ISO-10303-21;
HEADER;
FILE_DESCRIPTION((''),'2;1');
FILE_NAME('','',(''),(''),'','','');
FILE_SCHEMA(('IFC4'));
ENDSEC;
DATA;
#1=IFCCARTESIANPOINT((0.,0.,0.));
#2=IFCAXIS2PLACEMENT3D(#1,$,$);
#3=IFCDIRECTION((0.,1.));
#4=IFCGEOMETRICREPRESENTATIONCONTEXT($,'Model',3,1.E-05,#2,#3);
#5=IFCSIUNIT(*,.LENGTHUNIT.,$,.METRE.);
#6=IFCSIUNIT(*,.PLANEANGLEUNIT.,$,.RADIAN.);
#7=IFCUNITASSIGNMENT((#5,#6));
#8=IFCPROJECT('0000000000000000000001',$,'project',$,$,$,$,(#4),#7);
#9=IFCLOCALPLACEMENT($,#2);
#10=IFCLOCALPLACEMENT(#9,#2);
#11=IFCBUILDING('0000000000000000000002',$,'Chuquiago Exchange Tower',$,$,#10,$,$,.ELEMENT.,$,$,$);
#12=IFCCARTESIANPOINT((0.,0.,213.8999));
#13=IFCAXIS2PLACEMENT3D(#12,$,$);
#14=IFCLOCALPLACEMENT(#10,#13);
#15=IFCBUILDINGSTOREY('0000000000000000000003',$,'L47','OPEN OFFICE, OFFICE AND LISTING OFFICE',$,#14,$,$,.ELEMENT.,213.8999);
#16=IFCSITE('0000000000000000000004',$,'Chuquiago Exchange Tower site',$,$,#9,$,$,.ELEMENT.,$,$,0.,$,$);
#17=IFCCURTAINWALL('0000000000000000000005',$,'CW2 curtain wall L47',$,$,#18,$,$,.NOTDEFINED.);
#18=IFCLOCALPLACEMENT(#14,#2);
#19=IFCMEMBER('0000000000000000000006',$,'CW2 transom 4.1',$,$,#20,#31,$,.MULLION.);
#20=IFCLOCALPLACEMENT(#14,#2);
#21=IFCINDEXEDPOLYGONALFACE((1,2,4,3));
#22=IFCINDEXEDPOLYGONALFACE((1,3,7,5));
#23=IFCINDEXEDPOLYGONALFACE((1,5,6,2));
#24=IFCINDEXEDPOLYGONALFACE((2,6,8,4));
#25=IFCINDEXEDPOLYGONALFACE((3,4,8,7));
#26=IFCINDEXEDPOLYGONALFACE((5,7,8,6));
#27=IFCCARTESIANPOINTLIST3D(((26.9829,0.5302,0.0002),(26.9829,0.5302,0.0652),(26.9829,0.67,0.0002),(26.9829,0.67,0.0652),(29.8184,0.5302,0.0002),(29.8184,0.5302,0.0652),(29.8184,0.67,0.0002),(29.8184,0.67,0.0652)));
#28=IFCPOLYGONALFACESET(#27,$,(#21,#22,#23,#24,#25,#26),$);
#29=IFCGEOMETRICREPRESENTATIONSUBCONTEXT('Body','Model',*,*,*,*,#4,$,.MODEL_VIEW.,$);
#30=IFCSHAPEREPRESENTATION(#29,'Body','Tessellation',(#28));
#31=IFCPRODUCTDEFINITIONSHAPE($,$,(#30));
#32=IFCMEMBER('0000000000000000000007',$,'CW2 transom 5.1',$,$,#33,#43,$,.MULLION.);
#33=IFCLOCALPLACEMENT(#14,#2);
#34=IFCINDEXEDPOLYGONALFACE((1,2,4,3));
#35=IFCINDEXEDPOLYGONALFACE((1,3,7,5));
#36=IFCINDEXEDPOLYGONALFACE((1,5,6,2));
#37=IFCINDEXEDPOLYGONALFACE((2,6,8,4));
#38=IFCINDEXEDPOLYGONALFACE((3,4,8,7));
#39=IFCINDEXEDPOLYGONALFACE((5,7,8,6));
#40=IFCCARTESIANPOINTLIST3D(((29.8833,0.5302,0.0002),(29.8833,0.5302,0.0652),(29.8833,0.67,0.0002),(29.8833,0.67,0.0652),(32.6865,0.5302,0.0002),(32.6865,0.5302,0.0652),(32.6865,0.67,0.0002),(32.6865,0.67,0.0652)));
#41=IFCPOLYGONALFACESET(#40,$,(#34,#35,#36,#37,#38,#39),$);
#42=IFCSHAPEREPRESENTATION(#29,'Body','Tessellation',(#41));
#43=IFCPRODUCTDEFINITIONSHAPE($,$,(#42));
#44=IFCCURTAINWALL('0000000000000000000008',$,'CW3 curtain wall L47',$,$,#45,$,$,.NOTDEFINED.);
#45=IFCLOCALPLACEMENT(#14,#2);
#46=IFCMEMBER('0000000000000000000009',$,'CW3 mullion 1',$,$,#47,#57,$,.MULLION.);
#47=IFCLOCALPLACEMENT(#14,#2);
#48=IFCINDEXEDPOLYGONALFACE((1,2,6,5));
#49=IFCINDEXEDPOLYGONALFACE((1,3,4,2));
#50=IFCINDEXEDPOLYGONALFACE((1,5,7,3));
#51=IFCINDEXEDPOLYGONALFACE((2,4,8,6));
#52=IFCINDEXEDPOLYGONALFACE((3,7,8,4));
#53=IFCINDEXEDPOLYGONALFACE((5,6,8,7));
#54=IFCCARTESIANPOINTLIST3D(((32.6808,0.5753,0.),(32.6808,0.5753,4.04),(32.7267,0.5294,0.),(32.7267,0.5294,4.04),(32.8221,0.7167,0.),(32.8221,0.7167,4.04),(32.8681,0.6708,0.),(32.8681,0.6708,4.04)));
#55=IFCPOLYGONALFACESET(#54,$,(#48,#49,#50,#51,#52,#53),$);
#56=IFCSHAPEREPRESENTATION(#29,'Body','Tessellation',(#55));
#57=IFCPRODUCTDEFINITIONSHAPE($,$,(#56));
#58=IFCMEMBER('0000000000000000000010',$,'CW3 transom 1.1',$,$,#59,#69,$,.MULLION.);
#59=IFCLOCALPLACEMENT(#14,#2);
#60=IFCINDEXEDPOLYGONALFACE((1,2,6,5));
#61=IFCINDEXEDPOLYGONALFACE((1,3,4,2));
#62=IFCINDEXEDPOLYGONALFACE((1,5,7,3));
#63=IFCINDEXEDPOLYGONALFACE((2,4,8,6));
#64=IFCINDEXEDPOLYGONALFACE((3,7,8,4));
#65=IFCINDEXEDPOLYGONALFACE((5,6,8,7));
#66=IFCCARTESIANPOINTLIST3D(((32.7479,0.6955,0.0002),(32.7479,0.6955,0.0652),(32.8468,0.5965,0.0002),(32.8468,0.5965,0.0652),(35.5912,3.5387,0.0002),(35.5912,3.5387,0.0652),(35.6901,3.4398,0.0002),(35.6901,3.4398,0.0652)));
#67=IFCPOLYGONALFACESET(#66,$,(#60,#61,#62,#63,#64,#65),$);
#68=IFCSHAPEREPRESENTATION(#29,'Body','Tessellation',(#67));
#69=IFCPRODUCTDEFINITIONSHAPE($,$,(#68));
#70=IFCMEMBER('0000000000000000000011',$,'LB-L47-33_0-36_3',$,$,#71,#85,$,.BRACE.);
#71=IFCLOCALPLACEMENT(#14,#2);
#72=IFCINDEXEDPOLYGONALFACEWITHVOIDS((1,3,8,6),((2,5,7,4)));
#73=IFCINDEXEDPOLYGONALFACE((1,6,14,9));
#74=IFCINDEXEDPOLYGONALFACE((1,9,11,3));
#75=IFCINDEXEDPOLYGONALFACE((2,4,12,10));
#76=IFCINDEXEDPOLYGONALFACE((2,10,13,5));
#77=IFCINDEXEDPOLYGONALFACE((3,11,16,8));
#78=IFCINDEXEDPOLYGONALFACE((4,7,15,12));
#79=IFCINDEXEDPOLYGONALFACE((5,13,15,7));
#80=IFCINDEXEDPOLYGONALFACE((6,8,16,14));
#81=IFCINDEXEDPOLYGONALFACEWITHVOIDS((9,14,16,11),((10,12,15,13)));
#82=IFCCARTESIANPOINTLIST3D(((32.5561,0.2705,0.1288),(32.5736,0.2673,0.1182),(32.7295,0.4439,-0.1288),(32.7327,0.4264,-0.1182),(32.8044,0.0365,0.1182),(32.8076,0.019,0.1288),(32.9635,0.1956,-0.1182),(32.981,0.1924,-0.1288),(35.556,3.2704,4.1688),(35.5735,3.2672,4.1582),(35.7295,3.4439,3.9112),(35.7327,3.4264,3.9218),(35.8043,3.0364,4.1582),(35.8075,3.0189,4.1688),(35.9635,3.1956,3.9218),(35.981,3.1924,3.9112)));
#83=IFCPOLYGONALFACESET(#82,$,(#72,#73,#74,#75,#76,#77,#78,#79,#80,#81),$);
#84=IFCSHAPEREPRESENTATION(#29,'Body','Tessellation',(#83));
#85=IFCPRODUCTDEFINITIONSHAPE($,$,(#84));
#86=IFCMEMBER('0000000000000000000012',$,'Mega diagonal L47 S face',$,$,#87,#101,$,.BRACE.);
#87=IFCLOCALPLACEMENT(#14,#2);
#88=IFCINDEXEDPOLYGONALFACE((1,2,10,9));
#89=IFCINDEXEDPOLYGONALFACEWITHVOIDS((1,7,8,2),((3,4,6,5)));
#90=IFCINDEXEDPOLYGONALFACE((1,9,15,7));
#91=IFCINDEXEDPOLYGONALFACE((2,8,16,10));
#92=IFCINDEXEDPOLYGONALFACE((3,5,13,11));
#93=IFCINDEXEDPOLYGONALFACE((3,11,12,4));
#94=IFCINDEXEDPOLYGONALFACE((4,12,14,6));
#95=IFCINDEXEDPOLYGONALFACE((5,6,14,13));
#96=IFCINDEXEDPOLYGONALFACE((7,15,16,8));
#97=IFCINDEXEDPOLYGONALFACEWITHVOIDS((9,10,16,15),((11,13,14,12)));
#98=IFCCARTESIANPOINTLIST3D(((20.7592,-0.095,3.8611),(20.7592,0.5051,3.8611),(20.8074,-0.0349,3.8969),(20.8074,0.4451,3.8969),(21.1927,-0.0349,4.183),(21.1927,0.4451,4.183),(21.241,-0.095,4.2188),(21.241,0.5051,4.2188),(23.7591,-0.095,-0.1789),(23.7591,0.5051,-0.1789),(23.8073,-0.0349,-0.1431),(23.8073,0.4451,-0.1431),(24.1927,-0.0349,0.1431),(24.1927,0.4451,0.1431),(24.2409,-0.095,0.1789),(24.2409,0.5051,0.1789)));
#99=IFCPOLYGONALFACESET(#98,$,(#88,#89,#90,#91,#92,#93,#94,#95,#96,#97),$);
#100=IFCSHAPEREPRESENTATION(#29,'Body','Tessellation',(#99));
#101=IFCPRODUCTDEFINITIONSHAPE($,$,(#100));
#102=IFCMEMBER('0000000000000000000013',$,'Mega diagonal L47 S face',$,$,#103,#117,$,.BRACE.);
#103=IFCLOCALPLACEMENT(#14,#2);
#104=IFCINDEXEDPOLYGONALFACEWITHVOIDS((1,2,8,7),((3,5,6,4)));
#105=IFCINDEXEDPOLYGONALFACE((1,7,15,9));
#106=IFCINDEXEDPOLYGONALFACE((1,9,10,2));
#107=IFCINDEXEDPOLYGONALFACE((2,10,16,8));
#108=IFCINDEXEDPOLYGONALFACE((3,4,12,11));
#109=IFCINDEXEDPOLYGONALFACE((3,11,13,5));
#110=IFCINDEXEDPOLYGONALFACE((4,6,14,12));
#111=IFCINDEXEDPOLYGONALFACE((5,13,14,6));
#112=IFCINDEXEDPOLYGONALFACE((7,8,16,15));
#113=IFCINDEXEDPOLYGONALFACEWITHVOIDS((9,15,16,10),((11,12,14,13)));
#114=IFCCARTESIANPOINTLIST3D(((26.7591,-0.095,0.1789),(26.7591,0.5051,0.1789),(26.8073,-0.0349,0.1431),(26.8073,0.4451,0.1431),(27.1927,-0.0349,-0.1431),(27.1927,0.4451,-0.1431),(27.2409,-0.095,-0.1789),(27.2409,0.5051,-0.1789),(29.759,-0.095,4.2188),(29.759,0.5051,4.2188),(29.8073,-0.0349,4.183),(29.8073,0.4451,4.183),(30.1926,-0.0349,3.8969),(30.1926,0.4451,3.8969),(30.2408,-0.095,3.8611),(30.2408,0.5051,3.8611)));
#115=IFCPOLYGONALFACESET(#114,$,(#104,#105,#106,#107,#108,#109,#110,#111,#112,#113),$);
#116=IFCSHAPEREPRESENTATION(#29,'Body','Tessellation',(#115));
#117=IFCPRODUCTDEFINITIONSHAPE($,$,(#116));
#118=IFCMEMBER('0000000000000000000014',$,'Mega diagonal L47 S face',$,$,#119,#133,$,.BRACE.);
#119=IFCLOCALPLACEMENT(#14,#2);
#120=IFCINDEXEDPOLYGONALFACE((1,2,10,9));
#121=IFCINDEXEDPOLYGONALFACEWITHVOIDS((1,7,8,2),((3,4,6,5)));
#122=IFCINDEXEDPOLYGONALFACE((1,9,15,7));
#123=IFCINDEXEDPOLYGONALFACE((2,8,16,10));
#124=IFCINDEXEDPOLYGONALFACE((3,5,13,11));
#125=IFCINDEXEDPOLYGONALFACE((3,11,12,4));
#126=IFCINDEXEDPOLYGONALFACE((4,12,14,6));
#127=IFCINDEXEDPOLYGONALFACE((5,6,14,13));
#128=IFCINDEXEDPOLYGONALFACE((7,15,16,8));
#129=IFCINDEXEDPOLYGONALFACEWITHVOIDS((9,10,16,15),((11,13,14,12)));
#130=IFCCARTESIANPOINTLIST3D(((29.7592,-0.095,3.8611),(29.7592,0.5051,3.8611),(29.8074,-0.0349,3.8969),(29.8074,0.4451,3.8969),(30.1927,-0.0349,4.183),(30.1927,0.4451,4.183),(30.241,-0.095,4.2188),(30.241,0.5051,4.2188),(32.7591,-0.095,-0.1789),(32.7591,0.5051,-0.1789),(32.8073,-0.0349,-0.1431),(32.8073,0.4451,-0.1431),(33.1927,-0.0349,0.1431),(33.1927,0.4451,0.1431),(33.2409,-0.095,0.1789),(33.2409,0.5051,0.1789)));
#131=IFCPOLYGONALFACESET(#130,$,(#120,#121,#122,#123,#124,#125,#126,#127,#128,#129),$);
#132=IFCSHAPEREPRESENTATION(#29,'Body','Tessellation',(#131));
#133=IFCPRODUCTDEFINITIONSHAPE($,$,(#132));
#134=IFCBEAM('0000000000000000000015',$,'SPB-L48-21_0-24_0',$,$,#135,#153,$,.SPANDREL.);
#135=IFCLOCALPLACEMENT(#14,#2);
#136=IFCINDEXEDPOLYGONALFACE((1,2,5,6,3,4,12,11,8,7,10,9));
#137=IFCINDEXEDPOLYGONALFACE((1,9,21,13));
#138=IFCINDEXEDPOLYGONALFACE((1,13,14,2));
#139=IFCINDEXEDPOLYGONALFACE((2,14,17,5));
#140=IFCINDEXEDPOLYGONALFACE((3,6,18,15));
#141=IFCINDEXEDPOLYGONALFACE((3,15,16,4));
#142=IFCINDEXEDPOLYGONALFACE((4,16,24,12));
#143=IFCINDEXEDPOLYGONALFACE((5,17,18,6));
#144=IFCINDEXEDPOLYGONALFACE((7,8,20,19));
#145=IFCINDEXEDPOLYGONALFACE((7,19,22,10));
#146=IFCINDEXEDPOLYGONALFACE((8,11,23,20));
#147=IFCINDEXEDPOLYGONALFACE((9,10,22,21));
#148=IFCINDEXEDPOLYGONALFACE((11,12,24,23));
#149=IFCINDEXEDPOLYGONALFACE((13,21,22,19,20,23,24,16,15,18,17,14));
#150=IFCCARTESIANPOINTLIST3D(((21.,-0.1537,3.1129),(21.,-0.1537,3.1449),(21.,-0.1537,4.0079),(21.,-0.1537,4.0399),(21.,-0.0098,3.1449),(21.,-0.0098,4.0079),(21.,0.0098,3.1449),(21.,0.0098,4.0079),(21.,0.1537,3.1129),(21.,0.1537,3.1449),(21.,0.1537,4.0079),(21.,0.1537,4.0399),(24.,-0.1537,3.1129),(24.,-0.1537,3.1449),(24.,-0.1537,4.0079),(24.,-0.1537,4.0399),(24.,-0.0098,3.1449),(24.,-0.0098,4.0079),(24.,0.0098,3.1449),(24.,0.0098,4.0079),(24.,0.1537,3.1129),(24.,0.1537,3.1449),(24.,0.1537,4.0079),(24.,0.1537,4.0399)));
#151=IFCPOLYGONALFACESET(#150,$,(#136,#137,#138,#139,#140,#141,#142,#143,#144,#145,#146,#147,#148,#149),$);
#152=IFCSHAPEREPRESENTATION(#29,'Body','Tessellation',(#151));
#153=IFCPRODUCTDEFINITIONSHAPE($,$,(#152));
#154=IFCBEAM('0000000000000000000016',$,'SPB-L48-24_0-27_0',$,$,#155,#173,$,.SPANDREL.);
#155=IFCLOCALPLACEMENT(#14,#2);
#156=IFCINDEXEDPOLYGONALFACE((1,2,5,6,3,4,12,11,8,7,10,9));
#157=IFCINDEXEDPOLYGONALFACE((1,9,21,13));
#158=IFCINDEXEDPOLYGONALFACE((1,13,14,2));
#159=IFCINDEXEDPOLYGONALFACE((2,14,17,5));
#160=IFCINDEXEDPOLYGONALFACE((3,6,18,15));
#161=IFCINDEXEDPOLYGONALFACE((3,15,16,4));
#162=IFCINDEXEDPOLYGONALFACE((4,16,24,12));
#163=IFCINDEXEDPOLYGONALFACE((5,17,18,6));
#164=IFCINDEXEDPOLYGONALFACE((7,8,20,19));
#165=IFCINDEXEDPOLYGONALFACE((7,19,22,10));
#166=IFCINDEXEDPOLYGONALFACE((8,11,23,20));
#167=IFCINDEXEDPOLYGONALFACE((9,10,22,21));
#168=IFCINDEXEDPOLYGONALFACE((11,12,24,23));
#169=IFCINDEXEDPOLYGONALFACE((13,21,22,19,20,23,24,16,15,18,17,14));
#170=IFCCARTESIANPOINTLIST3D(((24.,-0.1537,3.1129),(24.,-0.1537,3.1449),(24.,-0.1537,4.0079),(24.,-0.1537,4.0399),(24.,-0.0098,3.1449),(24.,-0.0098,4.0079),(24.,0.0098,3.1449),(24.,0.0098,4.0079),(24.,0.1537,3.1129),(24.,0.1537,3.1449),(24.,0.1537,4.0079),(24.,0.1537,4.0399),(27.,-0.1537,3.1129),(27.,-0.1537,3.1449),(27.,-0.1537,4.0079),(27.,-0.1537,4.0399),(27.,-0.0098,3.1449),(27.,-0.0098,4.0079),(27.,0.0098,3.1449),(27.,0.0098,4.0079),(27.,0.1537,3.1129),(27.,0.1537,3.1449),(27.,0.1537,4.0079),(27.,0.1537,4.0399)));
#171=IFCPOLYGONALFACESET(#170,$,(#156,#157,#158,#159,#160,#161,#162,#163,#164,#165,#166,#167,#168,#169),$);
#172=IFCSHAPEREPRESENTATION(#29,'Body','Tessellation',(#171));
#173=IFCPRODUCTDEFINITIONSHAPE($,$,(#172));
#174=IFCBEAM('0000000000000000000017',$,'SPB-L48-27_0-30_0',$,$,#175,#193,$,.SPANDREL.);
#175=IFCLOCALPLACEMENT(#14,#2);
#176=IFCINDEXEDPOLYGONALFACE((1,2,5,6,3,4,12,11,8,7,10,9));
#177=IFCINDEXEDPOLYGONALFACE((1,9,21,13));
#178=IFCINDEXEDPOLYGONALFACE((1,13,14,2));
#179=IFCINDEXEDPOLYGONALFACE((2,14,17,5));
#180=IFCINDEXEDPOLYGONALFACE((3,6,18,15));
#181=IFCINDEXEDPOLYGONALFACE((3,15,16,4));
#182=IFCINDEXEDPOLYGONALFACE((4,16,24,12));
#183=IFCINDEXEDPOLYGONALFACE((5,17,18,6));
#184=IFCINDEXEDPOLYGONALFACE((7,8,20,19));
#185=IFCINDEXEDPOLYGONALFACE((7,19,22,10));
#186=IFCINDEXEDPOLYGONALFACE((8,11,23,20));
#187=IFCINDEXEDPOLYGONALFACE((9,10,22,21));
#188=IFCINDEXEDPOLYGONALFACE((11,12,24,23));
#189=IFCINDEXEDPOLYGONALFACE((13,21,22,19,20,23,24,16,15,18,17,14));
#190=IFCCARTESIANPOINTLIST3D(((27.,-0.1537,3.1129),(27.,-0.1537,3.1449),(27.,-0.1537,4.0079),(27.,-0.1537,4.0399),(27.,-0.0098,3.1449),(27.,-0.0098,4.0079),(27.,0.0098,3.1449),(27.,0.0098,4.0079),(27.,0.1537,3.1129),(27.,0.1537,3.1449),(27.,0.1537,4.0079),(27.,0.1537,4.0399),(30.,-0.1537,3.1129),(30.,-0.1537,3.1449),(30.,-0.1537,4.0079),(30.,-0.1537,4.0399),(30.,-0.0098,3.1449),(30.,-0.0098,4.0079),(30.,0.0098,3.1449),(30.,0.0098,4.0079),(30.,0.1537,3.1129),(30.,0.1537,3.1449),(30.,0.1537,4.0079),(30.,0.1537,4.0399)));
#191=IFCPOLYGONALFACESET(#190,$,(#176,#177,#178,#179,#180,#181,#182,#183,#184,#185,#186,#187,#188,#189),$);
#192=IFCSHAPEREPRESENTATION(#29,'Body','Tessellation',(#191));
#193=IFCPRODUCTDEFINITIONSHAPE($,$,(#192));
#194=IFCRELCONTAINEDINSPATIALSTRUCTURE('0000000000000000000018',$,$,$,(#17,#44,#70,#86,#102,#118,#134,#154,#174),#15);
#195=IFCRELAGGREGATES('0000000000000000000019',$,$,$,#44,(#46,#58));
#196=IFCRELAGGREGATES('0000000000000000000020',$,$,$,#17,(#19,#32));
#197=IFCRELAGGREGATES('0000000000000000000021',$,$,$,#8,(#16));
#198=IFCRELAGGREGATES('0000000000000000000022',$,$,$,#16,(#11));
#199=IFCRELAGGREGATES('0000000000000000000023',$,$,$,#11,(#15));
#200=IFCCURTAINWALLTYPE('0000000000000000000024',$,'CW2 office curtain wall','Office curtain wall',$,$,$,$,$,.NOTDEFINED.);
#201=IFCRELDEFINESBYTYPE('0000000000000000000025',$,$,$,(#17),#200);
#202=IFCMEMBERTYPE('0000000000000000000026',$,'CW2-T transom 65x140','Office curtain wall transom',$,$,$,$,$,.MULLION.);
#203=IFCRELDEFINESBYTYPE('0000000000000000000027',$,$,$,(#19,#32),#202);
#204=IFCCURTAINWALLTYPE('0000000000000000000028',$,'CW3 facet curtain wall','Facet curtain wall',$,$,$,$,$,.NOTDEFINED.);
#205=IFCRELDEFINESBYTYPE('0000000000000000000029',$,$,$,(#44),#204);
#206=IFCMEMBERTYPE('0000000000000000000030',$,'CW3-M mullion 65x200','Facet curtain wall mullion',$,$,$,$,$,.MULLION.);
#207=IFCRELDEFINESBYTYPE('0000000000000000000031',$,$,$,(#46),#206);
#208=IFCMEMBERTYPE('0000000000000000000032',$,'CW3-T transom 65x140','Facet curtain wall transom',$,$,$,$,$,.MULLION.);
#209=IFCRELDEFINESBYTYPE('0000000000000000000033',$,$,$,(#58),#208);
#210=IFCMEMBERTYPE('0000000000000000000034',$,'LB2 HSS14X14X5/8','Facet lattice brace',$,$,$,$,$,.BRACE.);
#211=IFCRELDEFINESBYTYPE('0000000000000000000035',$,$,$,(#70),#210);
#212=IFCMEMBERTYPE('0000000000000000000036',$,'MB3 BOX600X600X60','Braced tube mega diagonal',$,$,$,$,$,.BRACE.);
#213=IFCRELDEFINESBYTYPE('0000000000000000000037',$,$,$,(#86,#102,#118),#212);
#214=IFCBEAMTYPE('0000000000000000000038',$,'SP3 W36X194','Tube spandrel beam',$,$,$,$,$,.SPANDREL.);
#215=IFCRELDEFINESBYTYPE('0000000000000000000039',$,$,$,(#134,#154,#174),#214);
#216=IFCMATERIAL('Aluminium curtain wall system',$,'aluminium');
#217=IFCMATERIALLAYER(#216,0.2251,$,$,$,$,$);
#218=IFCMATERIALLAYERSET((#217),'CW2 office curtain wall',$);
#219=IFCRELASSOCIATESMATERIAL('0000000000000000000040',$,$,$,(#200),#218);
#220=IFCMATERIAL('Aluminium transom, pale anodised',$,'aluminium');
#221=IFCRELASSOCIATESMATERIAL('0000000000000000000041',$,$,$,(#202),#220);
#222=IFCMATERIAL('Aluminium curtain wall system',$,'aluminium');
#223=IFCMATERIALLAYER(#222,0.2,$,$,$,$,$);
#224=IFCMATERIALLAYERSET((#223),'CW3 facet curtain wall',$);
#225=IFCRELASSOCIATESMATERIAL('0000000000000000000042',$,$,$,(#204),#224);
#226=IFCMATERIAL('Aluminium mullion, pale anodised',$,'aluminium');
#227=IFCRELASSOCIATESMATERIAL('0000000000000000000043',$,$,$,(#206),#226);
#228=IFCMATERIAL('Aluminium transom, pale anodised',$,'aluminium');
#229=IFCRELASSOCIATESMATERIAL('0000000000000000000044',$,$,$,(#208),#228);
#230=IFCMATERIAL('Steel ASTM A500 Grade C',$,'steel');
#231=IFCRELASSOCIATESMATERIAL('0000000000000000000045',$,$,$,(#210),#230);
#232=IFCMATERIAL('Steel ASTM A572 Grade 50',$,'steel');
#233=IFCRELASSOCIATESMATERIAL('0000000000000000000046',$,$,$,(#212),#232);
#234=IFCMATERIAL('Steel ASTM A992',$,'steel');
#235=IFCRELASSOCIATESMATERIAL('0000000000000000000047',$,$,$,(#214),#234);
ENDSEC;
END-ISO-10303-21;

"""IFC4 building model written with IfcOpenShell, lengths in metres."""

from ifc_helpers import new_model, si_unit, direction, frame, origin, origin_2d, place, context, subcontext, project, spatial, rectangle, hollow_rectangle, i_section, extrude, material, layer, layer_set, material_profile, profile_set, type_object, element, aggregate, save


model = new_model("IFC4")

# Units and contexts
model_context = context("Model", 3, precision=1e-05, world=origin(), true_north=direction((0.0, 1.0)))
body_context = subcontext(model_context, "Body", "Model", "MODEL_VIEW")
ifc_project = project(units=[si_unit("LENGTHUNIT", "METRE"), si_unit("PLANEANGLEUNIT", "RADIAN")], contexts=[model_context])

# Site, building, storey
site_placement = place(None, origin())
site = spatial("IfcSite", under=ifc_project, at=site_placement, Name="Chuquiago Exchange Tower site", CompositionType="ELEMENT", RefElevation=0.0)
building_placement = place(site_placement, origin())
building = spatial("IfcBuilding", under=site, at=building_placement, Name="Chuquiago Exchange Tower", CompositionType="ELEMENT")
storey_placement = place(building_placement, frame((0.0, 0.0, 213.8999)))
storey = spatial("IfcBuildingStorey", under=building, at=storey_placement, Name="L47", Description="OPEN OFFICE, OFFICE AND LISTING OFFICE", CompositionType="ELEMENT", Elevation=213.8999)

# Curtain walls, members
ifc_material_1 = material(Name="Aluminium curtain wall system", Category="aluminium")
ifc_layer_1 = layer(ifc_material_1, 0.2251)
ifc_layer_set_1 = layer_set([ifc_layer_1], Name="CW2 office curtain wall")
curtain_wall_type_1 = type_object("IfcCurtainWallType", Name="CW2 office curtain wall", Description="Office curtain wall", PredefinedType="NOTDEFINED", material=ifc_layer_set_1)
curtain_wall_1_placement = place(storey_placement, origin())
curtain_wall_1 = element("IfcCurtainWall", 1, at=curtain_wall_1_placement, inside=storey, type_object=curtain_wall_type_1, Name="CW2 curtain wall L47", PredefinedType="NOTDEFINED")
ifc_material_2 = material(Name="Aluminium transom, pale anodised", Category="aluminium")
ifc_material_profile_1 = material_profile(ifc_material_2, rectangle(XDim=0.1399, YDim=0.0649, at=origin_2d()), Name="AL 140x65")
ifc_profile_set_1 = profile_set([ifc_material_profile_1], Name="Aluminium transom, pale anodised")
member_type_1 = type_object("IfcMemberType", Name="CW2-T transom 65x140", Description="Office curtain wall transom", PredefinedType="MULLION", material=ifc_profile_set_1)
member_1_placement = place(storey_placement, frame((26.9829, 0.6001, 0.0327), z_axis=(1.0, 0.0, 0.0), x_axis=(0.0, 1.0, 0.0)))
member_1 = element("IfcMember", 2, at=member_1_placement, type_object=member_type_1, Name="CW2 transom 4.1", PredefinedType="MULLION", context=body_context, shape_type="SweptSolid", body=[
    extrude(rectangle(XDim=0.1399, YDim=0.0649, at=origin_2d()), origin(), (0.0, 0.0, 1.0), 2.8354),
])
member_2_placement = place(storey_placement, frame((29.8833, 0.6001, 0.0327), z_axis=(1.0, 0.0, 0.0), x_axis=(0.0, 1.0, 0.0)))
member_2 = element("IfcMember", 3, at=member_2_placement, type_object=member_type_1, Name="CW2 transom 5.1", PredefinedType="MULLION", context=body_context, shape_type="SweptSolid", body=[
    extrude(rectangle(XDim=0.1399, YDim=0.0649, at=origin_2d()), origin(), (0.0, 0.0, 1.0), 2.8032),
])
ifc_material_3 = material(Name="Aluminium curtain wall system", Category="aluminium")
ifc_layer_2 = layer(ifc_material_3, 0.2)
ifc_layer_set_2 = layer_set([ifc_layer_2], Name="CW3 facet curtain wall")
curtain_wall_type_2 = type_object("IfcCurtainWallType", Name="CW3 facet curtain wall", Description="Facet curtain wall", PredefinedType="NOTDEFINED", material=ifc_layer_set_2)
curtain_wall_2_placement = place(storey_placement, origin())
curtain_wall_2 = element("IfcCurtainWall", 4, at=curtain_wall_2_placement, inside=storey, type_object=curtain_wall_type_2, Name="CW3 curtain wall L47", PredefinedType="NOTDEFINED")
ifc_material_4 = material(Name="Aluminium mullion, pale anodised", Category="aluminium")
ifc_material_profile_2 = material_profile(ifc_material_4, rectangle(XDim=0.0649, YDim=0.2, at=origin_2d()), Name="AL 65x200")
ifc_profile_set_2 = profile_set([ifc_material_profile_2], Name="Aluminium mullion, pale anodised")
member_type_2 = type_object("IfcMemberType", Name="CW3-M mullion 65x200", Description="Facet curtain wall mullion", PredefinedType="MULLION", material=ifc_profile_set_2)
member_3_placement = place(storey_placement, frame((32.7744, 0.623, 0.0), z_axis=(0.0, 0.0, 1.0), x_axis=(-0.707107, 0.707107, 0.0)))
member_3 = element("IfcMember", 5, at=member_3_placement, type_object=member_type_2, Name="CW3 mullion 1", PredefinedType="MULLION", context=body_context, shape_type="SweptSolid", body=[
    extrude(rectangle(XDim=0.0649, YDim=0.2, at=origin_2d()), origin(), (0.0, 0.0, 1.0), 4.04),
])
ifc_material_5 = material(Name="Aluminium transom, pale anodised", Category="aluminium")
ifc_material_profile_3 = material_profile(ifc_material_5, rectangle(XDim=0.1399, YDim=0.0649, at=origin_2d()), Name="AL 140x65")
ifc_profile_set_3 = profile_set([ifc_material_profile_3], Name="Aluminium transom, pale anodised")
member_type_3 = type_object("IfcMemberType", Name="CW3-T transom 65x140", Description="Facet curtain wall transom", PredefinedType="MULLION", material=ifc_profile_set_3)
member_4_placement = place(storey_placement, frame((32.7974, 0.646, 0.0327), z_axis=(0.707107, 0.707107, 0.0), x_axis=(-0.707107, 0.707107, 0.0)))
member_4 = element("IfcMember", 6, at=member_4_placement, type_object=member_type_3, Name="CW3 transom 1.1", PredefinedType="MULLION", context=body_context, shape_type="SweptSolid", body=[
    extrude(rectangle(XDim=0.1399, YDim=0.0649, at=origin_2d()), origin(), (0.0, 0.0, 1.0), 4.021),
])
aggregate(curtain_wall_2, [member_3, member_4])

# Members
ifc_material_6 = material(Name="Steel ASTM A500 Grade C", Category="steel")
ifc_material_profile_4 = material_profile(ifc_material_6, hollow_rectangle(XDim=0.3557, YDim=0.3557, WallThickness=0.0146, at=origin_2d()), Name="HSS14X14X5/8")
ifc_profile_set_4 = profile_set([ifc_material_profile_4], Name="Steel ASTM A500 Grade C")
member_type_4 = type_object("IfcMemberType", Name="LB2 HSS14X14X5/8", Description="Facet lattice brace", PredefinedType="BRACE", material=ifc_profile_set_4)
member_5_placement = place(storey_placement, frame((32.7686, 0.2314, 0.0), z_axis=(0.512077, 0.512077, 0.689604), x_axis=(-0.707107, 0.707107, 0.0)))
element("IfcMember", 7, at=member_5_placement, inside=storey, type_object=member_type_4, Name="LB-L47-33_0-36_3", PredefinedType="BRACE", context=body_context, shape_type="SweptSolid", body=[
    extrude(hollow_rectangle(XDim=0.3557, YDim=0.3557, WallThickness=0.0146, at=origin_2d()), origin(), (0.0, 0.0, 1.0), 5.8584),
])
ifc_material_7 = material(Name="Steel ASTM A572 Grade 50", Category="steel")
ifc_material_profile_5 = material_profile(ifc_material_7, hollow_rectangle(XDim=0.6001, YDim=0.6001, WallThickness=0.0601, at=origin_2d()), Name="BOX600X600X60")
ifc_profile_set_5 = profile_set([ifc_material_profile_5], Name="Steel ASTM A572 Grade 50")
member_type_5 = type_object("IfcMemberType", Name="MB3 BOX600X600X60", Description="Braced tube mega diagonal", PredefinedType="BRACE", material=ifc_profile_set_5)
for number, where, z_axis, x_axis, name in (
    (8, (24.0, 0.2051, 0.0), (-0.596174, 0.0, 0.802855), (0.0, -1.0, 0.0), "Mega diagonal L47 S face"),
    (9, (27.0, 0.2051, 0.0), (0.596174, 0.0, 0.802855), (0.0, 1.0, 0.0), "Mega diagonal L47 S face"),
    (10, (33.0, 0.2051, 0.0), (-0.596174, 0.0, 0.802855), (0.0, -1.0, 0.0), "Mega diagonal L47 S face"),
):
    element("IfcMember", number, at=place(storey_placement, frame(where, z_axis=z_axis, x_axis=x_axis)), inside=storey, type_object=member_type_5, Name=name, PredefinedType="BRACE", context=body_context, shape_type="SweptSolid", body=[
        extrude(hollow_rectangle(XDim=0.6001, YDim=0.6001, WallThickness=0.0601, at=origin_2d()), origin(), (0.0, 0.0, 1.0), 5.032),
    ])

# Beams
ifc_material_8 = material(Name="Steel ASTM A992", Category="steel")
ifc_material_profile_6 = material_profile(ifc_material_8, i_section(OverallWidth=0.3074, OverallDepth=0.927, WebThickness=0.0195, FlangeThickness=0.032, at=origin_2d()), Name="W36X194")
ifc_profile_set_6 = profile_set([ifc_material_profile_6], Name="Steel ASTM A992")
beam_type = type_object("IfcBeamType", Name="SP3 W36X194", Description="Tube spandrel beam", PredefinedType="SPANDREL", material=ifc_profile_set_6)
for number, where, z_axis, x_axis, name in (
    (11, (21.0, 0.0, 3.5764), (1.0, 0.0, 0.0), (0.0, 1.0, 0.0), "SPB-L48-21_0-24_0"),
    (12, (24.0, 0.0, 3.5764), (1.0, 0.0, 0.0), (0.0, 1.0, 0.0), "SPB-L48-24_0-27_0"),
    (13, (27.0, 0.0, 3.5764), (1.0, 0.0, 0.0), (0.0, 1.0, 0.0), "SPB-L48-27_0-30_0"),
):
    element("IfcBeam", number, at=place(storey_placement, frame(where, z_axis=z_axis, x_axis=x_axis)), inside=storey, type_object=beam_type, Name=name, PredefinedType="SPANDREL", context=body_context, shape_type="SweptSolid", body=[
        extrude(i_section(OverallWidth=0.3074, OverallDepth=0.927, WebThickness=0.0195, FlangeThickness=0.032, at=origin_2d()), origin(), (0.0, 0.0, 1.0), 3.0),
    ])

aggregate(curtain_wall_1, [member_1, member_2])

save(model, "model.ifc")
